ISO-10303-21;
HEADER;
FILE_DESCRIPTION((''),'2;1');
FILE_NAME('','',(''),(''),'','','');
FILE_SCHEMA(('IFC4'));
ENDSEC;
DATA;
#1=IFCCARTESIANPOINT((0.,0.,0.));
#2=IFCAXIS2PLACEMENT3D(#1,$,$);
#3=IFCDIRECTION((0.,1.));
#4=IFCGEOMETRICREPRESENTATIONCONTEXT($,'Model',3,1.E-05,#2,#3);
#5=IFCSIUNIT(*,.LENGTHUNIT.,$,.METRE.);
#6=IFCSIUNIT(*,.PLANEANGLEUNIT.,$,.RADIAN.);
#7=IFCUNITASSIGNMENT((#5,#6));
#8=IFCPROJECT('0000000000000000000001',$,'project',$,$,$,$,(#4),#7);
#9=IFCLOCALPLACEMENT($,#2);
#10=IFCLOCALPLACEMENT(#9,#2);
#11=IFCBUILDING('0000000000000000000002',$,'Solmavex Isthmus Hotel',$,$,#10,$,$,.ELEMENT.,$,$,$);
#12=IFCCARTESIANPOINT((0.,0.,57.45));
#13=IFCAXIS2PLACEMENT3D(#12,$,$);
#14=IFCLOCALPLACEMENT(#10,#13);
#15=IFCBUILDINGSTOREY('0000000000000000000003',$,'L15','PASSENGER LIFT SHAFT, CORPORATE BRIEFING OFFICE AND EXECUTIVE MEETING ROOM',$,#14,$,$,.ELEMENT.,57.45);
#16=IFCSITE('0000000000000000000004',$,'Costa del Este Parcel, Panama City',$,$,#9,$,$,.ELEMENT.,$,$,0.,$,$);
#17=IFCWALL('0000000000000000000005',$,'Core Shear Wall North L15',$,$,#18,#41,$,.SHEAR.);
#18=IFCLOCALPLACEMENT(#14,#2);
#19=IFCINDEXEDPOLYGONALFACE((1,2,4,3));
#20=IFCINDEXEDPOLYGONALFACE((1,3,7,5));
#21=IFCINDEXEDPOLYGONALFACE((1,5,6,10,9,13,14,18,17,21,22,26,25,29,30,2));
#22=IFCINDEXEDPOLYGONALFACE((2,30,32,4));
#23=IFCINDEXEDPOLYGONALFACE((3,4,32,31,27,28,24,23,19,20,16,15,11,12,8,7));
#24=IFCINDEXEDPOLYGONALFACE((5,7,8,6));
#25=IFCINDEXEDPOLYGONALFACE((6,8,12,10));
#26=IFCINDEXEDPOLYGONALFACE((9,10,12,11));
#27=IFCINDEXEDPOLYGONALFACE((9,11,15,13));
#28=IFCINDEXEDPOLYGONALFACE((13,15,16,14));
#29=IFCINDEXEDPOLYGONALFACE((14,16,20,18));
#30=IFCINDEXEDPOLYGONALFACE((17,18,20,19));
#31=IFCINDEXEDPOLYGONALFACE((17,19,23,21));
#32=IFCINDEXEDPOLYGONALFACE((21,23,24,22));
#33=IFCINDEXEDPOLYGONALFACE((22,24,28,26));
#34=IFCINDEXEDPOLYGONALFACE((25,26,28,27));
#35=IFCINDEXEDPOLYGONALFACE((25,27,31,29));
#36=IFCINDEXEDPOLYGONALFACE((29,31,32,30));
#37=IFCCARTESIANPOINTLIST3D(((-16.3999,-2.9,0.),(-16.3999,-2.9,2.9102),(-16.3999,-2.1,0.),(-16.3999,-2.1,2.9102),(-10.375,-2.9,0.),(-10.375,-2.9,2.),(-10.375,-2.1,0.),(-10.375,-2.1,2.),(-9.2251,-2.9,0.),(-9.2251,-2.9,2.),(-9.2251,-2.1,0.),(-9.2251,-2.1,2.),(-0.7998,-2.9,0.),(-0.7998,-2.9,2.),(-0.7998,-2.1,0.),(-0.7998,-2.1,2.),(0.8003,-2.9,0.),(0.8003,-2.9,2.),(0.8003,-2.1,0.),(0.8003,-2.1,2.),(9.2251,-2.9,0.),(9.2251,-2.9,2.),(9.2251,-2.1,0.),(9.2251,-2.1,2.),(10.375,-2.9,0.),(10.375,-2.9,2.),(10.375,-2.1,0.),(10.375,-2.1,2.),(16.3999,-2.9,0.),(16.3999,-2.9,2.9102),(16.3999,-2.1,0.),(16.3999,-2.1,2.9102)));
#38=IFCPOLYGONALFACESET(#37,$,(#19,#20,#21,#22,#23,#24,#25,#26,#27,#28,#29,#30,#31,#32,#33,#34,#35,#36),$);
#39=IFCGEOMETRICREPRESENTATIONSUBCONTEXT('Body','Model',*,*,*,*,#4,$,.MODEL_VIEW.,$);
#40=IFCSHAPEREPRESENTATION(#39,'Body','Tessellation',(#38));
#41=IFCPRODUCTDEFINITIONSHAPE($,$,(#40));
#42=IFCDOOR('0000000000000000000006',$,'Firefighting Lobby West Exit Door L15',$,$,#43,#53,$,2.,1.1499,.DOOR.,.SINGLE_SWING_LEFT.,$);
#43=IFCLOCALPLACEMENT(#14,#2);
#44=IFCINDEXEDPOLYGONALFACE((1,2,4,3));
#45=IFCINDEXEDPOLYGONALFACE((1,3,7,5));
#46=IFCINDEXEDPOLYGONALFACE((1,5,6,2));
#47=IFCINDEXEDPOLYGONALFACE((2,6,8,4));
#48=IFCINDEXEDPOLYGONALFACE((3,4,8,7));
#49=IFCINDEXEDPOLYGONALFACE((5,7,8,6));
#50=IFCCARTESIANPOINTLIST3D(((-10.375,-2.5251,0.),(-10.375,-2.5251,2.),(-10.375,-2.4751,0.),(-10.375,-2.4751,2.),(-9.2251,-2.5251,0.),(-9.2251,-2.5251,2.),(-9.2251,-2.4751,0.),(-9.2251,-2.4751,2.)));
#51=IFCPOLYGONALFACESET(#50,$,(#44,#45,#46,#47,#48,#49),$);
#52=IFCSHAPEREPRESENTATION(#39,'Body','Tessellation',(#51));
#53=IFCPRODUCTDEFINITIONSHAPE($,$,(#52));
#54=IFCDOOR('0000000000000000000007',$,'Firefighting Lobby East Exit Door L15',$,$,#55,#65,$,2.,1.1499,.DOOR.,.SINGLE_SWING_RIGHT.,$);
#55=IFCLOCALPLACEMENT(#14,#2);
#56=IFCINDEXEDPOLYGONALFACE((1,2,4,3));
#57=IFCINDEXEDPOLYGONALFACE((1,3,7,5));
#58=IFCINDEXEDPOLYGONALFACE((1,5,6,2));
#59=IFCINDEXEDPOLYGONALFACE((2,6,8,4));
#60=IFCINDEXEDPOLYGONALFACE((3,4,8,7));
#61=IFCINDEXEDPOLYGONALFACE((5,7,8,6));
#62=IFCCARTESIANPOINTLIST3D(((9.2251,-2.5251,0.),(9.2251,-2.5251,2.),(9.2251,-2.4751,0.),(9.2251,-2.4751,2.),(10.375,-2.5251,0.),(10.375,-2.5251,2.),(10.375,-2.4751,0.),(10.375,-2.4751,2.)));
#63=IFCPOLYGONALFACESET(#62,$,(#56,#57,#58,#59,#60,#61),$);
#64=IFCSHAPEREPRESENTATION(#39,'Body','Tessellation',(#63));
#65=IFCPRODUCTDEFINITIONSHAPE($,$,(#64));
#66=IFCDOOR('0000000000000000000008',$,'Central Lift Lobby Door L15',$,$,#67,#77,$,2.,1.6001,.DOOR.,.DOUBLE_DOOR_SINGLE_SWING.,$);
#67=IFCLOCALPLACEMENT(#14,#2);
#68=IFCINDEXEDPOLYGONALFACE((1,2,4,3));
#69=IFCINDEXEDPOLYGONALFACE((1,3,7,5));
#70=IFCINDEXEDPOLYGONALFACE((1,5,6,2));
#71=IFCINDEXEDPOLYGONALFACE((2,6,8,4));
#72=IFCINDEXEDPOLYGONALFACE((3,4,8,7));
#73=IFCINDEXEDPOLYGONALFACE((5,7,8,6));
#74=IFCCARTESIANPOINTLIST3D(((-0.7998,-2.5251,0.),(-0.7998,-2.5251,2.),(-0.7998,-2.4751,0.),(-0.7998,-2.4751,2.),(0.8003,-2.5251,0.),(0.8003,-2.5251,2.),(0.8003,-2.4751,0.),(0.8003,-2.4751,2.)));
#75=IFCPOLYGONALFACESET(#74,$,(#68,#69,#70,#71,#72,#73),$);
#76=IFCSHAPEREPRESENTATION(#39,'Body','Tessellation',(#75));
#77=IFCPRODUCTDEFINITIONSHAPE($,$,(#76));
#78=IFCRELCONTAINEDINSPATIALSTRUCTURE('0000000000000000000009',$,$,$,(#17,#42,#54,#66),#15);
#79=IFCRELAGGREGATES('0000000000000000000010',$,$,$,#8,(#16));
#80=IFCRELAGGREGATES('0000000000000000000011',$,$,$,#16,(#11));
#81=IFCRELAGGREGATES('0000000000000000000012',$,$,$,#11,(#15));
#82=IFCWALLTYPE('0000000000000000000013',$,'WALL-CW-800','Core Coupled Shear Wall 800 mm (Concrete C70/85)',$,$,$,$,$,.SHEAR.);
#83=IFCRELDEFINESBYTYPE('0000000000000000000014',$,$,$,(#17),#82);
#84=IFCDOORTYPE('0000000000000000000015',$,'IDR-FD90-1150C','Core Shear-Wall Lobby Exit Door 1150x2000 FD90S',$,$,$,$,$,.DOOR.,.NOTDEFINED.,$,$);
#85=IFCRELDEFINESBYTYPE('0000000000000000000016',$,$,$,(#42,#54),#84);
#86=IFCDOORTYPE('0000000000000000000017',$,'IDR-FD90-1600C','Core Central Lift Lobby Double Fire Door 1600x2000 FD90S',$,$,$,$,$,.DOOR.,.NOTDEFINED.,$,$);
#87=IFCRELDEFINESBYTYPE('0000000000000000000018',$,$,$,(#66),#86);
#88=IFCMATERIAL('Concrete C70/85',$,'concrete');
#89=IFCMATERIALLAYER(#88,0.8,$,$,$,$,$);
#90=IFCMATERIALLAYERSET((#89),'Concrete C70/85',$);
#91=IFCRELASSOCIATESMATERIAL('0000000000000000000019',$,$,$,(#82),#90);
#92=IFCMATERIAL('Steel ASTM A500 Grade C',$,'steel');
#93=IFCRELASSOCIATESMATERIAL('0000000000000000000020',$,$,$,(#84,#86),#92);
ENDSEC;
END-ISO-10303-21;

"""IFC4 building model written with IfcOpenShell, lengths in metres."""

from ifc_helpers import new_model, si_unit, direction, frame, frame_2d, origin, place, context, subcontext, project, spatial, rectangle, extrude, material, layer, layer_set, type_object, element, fill, save


model = new_model("IFC4")

# Units and contexts
model_context = context("Model", 3, precision=1e-05, world=origin(), true_north=direction((0.0, 1.0)))
body_context = subcontext(model_context, "Body", "Model", "MODEL_VIEW")
ifc_project = project(units=[si_unit("LENGTHUNIT", "METRE"), si_unit("PLANEANGLEUNIT", "RADIAN")], contexts=[model_context])

# Site, building, storey
site_placement = place(None, origin())
site = spatial("IfcSite", under=ifc_project, at=site_placement, Name="Costa del Este Parcel, Panama City", CompositionType="ELEMENT", RefElevation=0.0)
building_placement = place(site_placement, origin())
building = spatial("IfcBuilding", under=site, at=building_placement, Name="Solmavex Isthmus Hotel", CompositionType="ELEMENT")
storey_placement = place(building_placement, frame((0.0, 0.0, 57.45)))
storey = spatial("IfcBuildingStorey", under=building, at=storey_placement, Name="L15", Description="PASSENGER LIFT SHAFT, CORPORATE BRIEFING OFFICE AND EXECUTIVE MEETING ROOM", CompositionType="ELEMENT", Elevation=57.45)

# Shared definitions
ifc_material_1 = material(Name="Concrete C70/85", Category="concrete")

# Shared definitions
ifc_material_2 = material(Name="Steel ASTM A500 Grade C", Category="steel")

# Wall, openings, doors
ifc_layer_1 = layer(ifc_material_1, 0.8)
ifc_layer_set_1 = layer_set([ifc_layer_1], Name="Concrete C70/85")
wall_type_1 = type_object("IfcWallType", Name="WALL-CW-800", Description="Core Coupled Shear Wall 800 mm (Concrete C70/85)", PredefinedType="SHEAR", material=ifc_layer_set_1)
wall_1_placement = place(storey_placement, frame((-16.3999, -2.5, 0.0), z_axis=(0.0, 0.0, 1.0), x_axis=(1.0, 0.0, 0.0)))
wall_1 = element("IfcWall", 1, at=wall_1_placement, inside=storey, type_object=wall_type_1, Name="Core Shear Wall North L15", PredefinedType="SHEAR", context=body_context, shape_type="SweptSolid", body=[
    extrude(rectangle(XDim=32.7998, YDim=0.8, at=frame_2d((16.3999, 0.0))), origin(), (0.0, 0.0, 1.0), 2.9102),
])
opening_1_placement = place(wall_1_placement, frame((6.0249, 0.0, 0.0)))
opening_1 = element("IfcOpeningElement", 2, at=opening_1_placement, cuts=wall_1, PredefinedType="OPENING", context=body_context, shape_type="SweptSolid", body=[
    extrude(rectangle(XDim=1.1499, YDim=2.0, at=frame_2d((0.575, 1.0))), frame((0.0, 0.4099, 0.0), z_axis=(0.0, -1.0, 0.0), x_axis=(1.0, 0.0, 0.0)), (0.0, 0.0, 1.0), 0.8201),
])
opening_2_placement = place(wall_1_placement, frame((15.6001, 0.0, 0.0)))
opening_2 = element("IfcOpeningElement", 3, at=opening_2_placement, cuts=wall_1, PredefinedType="OPENING", context=body_context, shape_type="SweptSolid", body=[
    extrude(rectangle(XDim=1.6001, YDim=2.0, at=frame_2d((0.8, 1.0))), frame((0.0, 0.4099, 0.0), z_axis=(0.0, -1.0, 0.0), x_axis=(1.0, 0.0, 0.0)), (0.0, 0.0, 1.0), 0.8201),
])
opening_3_placement = place(wall_1_placement, frame((25.625, 0.0, 0.0)))
opening_3 = element("IfcOpeningElement", 4, at=opening_3_placement, cuts=wall_1, PredefinedType="OPENING", context=body_context, shape_type="SweptSolid", body=[
    extrude(rectangle(XDim=1.1499, YDim=2.0, at=frame_2d((0.575, 1.0))), frame((0.0, 0.4099, 0.0), z_axis=(0.0, -1.0, 0.0), x_axis=(1.0, 0.0, 0.0)), (0.0, 0.0, 1.0), 0.8201),
])
door_type_1 = type_object("IfcDoorType", Name="IDR-FD90-1150C", Description="Core Shear-Wall Lobby Exit Door 1150x2000 FD90S", OperationType="NOTDEFINED", PredefinedType="DOOR", material=ifc_material_2)
door_1_placement = place(opening_1_placement, origin())
door_1 = element("IfcDoor", 5, at=door_1_placement, inside=storey, type_object=door_type_1, Name="Firefighting Lobby West Exit Door L15", OperationType="SINGLE_SWING_LEFT", OverallHeight=2.0, OverallWidth=1.1499, PredefinedType="DOOR", context=body_context, shape_type="SweptSolid", body=[
    extrude(rectangle(XDim=1.1499, YDim=2.0, at=frame_2d((0.575, 1.0))), frame((0.0, 0.0249, 0.0), z_axis=(0.0, -1.0, 0.0), x_axis=(1.0, 0.0, 0.0)), (0.0, 0.0, 1.0), 0.05),
])
fill(opening_1, door_1)
door_2_placement = place(opening_3_placement, origin())
door_2 = element("IfcDoor", 6, at=door_2_placement, inside=storey, type_object=door_type_1, Name="Firefighting Lobby East Exit Door L15", OperationType="SINGLE_SWING_RIGHT", OverallHeight=2.0, OverallWidth=1.1499, PredefinedType="DOOR", context=body_context, shape_type="SweptSolid", body=[
    extrude(rectangle(XDim=1.1499, YDim=2.0, at=frame_2d((0.575, 1.0))), frame((0.0, 0.0249, 0.0), z_axis=(0.0, -1.0, 0.0), x_axis=(1.0, 0.0, 0.0)), (0.0, 0.0, 1.0), 0.05),
])
fill(opening_3, door_2)
door_type_2 = type_object("IfcDoorType", Name="IDR-FD90-1600C", Description="Core Central Lift Lobby Double Fire Door 1600x2000 FD90S", OperationType="NOTDEFINED", PredefinedType="DOOR", material=ifc_material_2)
door_3_placement = place(opening_2_placement, origin())
door_3 = element("IfcDoor", 7, at=door_3_placement, inside=storey, type_object=door_type_2, Name="Central Lift Lobby Door L15", OperationType="DOUBLE_DOOR_SINGLE_SWING", OverallHeight=2.0, OverallWidth=1.6001, PredefinedType="DOOR", context=body_context, shape_type="SweptSolid", body=[
    extrude(rectangle(XDim=1.6001, YDim=2.0, at=frame_2d((0.8, 1.0))), frame((0.0, 0.0249, 0.0), z_axis=(0.0, -1.0, 0.0), x_axis=(1.0, 0.0, 0.0)), (0.0, 0.0, 1.0), 0.05),
])
fill(opening_2, door_3)

save(model, "model.ifc")
